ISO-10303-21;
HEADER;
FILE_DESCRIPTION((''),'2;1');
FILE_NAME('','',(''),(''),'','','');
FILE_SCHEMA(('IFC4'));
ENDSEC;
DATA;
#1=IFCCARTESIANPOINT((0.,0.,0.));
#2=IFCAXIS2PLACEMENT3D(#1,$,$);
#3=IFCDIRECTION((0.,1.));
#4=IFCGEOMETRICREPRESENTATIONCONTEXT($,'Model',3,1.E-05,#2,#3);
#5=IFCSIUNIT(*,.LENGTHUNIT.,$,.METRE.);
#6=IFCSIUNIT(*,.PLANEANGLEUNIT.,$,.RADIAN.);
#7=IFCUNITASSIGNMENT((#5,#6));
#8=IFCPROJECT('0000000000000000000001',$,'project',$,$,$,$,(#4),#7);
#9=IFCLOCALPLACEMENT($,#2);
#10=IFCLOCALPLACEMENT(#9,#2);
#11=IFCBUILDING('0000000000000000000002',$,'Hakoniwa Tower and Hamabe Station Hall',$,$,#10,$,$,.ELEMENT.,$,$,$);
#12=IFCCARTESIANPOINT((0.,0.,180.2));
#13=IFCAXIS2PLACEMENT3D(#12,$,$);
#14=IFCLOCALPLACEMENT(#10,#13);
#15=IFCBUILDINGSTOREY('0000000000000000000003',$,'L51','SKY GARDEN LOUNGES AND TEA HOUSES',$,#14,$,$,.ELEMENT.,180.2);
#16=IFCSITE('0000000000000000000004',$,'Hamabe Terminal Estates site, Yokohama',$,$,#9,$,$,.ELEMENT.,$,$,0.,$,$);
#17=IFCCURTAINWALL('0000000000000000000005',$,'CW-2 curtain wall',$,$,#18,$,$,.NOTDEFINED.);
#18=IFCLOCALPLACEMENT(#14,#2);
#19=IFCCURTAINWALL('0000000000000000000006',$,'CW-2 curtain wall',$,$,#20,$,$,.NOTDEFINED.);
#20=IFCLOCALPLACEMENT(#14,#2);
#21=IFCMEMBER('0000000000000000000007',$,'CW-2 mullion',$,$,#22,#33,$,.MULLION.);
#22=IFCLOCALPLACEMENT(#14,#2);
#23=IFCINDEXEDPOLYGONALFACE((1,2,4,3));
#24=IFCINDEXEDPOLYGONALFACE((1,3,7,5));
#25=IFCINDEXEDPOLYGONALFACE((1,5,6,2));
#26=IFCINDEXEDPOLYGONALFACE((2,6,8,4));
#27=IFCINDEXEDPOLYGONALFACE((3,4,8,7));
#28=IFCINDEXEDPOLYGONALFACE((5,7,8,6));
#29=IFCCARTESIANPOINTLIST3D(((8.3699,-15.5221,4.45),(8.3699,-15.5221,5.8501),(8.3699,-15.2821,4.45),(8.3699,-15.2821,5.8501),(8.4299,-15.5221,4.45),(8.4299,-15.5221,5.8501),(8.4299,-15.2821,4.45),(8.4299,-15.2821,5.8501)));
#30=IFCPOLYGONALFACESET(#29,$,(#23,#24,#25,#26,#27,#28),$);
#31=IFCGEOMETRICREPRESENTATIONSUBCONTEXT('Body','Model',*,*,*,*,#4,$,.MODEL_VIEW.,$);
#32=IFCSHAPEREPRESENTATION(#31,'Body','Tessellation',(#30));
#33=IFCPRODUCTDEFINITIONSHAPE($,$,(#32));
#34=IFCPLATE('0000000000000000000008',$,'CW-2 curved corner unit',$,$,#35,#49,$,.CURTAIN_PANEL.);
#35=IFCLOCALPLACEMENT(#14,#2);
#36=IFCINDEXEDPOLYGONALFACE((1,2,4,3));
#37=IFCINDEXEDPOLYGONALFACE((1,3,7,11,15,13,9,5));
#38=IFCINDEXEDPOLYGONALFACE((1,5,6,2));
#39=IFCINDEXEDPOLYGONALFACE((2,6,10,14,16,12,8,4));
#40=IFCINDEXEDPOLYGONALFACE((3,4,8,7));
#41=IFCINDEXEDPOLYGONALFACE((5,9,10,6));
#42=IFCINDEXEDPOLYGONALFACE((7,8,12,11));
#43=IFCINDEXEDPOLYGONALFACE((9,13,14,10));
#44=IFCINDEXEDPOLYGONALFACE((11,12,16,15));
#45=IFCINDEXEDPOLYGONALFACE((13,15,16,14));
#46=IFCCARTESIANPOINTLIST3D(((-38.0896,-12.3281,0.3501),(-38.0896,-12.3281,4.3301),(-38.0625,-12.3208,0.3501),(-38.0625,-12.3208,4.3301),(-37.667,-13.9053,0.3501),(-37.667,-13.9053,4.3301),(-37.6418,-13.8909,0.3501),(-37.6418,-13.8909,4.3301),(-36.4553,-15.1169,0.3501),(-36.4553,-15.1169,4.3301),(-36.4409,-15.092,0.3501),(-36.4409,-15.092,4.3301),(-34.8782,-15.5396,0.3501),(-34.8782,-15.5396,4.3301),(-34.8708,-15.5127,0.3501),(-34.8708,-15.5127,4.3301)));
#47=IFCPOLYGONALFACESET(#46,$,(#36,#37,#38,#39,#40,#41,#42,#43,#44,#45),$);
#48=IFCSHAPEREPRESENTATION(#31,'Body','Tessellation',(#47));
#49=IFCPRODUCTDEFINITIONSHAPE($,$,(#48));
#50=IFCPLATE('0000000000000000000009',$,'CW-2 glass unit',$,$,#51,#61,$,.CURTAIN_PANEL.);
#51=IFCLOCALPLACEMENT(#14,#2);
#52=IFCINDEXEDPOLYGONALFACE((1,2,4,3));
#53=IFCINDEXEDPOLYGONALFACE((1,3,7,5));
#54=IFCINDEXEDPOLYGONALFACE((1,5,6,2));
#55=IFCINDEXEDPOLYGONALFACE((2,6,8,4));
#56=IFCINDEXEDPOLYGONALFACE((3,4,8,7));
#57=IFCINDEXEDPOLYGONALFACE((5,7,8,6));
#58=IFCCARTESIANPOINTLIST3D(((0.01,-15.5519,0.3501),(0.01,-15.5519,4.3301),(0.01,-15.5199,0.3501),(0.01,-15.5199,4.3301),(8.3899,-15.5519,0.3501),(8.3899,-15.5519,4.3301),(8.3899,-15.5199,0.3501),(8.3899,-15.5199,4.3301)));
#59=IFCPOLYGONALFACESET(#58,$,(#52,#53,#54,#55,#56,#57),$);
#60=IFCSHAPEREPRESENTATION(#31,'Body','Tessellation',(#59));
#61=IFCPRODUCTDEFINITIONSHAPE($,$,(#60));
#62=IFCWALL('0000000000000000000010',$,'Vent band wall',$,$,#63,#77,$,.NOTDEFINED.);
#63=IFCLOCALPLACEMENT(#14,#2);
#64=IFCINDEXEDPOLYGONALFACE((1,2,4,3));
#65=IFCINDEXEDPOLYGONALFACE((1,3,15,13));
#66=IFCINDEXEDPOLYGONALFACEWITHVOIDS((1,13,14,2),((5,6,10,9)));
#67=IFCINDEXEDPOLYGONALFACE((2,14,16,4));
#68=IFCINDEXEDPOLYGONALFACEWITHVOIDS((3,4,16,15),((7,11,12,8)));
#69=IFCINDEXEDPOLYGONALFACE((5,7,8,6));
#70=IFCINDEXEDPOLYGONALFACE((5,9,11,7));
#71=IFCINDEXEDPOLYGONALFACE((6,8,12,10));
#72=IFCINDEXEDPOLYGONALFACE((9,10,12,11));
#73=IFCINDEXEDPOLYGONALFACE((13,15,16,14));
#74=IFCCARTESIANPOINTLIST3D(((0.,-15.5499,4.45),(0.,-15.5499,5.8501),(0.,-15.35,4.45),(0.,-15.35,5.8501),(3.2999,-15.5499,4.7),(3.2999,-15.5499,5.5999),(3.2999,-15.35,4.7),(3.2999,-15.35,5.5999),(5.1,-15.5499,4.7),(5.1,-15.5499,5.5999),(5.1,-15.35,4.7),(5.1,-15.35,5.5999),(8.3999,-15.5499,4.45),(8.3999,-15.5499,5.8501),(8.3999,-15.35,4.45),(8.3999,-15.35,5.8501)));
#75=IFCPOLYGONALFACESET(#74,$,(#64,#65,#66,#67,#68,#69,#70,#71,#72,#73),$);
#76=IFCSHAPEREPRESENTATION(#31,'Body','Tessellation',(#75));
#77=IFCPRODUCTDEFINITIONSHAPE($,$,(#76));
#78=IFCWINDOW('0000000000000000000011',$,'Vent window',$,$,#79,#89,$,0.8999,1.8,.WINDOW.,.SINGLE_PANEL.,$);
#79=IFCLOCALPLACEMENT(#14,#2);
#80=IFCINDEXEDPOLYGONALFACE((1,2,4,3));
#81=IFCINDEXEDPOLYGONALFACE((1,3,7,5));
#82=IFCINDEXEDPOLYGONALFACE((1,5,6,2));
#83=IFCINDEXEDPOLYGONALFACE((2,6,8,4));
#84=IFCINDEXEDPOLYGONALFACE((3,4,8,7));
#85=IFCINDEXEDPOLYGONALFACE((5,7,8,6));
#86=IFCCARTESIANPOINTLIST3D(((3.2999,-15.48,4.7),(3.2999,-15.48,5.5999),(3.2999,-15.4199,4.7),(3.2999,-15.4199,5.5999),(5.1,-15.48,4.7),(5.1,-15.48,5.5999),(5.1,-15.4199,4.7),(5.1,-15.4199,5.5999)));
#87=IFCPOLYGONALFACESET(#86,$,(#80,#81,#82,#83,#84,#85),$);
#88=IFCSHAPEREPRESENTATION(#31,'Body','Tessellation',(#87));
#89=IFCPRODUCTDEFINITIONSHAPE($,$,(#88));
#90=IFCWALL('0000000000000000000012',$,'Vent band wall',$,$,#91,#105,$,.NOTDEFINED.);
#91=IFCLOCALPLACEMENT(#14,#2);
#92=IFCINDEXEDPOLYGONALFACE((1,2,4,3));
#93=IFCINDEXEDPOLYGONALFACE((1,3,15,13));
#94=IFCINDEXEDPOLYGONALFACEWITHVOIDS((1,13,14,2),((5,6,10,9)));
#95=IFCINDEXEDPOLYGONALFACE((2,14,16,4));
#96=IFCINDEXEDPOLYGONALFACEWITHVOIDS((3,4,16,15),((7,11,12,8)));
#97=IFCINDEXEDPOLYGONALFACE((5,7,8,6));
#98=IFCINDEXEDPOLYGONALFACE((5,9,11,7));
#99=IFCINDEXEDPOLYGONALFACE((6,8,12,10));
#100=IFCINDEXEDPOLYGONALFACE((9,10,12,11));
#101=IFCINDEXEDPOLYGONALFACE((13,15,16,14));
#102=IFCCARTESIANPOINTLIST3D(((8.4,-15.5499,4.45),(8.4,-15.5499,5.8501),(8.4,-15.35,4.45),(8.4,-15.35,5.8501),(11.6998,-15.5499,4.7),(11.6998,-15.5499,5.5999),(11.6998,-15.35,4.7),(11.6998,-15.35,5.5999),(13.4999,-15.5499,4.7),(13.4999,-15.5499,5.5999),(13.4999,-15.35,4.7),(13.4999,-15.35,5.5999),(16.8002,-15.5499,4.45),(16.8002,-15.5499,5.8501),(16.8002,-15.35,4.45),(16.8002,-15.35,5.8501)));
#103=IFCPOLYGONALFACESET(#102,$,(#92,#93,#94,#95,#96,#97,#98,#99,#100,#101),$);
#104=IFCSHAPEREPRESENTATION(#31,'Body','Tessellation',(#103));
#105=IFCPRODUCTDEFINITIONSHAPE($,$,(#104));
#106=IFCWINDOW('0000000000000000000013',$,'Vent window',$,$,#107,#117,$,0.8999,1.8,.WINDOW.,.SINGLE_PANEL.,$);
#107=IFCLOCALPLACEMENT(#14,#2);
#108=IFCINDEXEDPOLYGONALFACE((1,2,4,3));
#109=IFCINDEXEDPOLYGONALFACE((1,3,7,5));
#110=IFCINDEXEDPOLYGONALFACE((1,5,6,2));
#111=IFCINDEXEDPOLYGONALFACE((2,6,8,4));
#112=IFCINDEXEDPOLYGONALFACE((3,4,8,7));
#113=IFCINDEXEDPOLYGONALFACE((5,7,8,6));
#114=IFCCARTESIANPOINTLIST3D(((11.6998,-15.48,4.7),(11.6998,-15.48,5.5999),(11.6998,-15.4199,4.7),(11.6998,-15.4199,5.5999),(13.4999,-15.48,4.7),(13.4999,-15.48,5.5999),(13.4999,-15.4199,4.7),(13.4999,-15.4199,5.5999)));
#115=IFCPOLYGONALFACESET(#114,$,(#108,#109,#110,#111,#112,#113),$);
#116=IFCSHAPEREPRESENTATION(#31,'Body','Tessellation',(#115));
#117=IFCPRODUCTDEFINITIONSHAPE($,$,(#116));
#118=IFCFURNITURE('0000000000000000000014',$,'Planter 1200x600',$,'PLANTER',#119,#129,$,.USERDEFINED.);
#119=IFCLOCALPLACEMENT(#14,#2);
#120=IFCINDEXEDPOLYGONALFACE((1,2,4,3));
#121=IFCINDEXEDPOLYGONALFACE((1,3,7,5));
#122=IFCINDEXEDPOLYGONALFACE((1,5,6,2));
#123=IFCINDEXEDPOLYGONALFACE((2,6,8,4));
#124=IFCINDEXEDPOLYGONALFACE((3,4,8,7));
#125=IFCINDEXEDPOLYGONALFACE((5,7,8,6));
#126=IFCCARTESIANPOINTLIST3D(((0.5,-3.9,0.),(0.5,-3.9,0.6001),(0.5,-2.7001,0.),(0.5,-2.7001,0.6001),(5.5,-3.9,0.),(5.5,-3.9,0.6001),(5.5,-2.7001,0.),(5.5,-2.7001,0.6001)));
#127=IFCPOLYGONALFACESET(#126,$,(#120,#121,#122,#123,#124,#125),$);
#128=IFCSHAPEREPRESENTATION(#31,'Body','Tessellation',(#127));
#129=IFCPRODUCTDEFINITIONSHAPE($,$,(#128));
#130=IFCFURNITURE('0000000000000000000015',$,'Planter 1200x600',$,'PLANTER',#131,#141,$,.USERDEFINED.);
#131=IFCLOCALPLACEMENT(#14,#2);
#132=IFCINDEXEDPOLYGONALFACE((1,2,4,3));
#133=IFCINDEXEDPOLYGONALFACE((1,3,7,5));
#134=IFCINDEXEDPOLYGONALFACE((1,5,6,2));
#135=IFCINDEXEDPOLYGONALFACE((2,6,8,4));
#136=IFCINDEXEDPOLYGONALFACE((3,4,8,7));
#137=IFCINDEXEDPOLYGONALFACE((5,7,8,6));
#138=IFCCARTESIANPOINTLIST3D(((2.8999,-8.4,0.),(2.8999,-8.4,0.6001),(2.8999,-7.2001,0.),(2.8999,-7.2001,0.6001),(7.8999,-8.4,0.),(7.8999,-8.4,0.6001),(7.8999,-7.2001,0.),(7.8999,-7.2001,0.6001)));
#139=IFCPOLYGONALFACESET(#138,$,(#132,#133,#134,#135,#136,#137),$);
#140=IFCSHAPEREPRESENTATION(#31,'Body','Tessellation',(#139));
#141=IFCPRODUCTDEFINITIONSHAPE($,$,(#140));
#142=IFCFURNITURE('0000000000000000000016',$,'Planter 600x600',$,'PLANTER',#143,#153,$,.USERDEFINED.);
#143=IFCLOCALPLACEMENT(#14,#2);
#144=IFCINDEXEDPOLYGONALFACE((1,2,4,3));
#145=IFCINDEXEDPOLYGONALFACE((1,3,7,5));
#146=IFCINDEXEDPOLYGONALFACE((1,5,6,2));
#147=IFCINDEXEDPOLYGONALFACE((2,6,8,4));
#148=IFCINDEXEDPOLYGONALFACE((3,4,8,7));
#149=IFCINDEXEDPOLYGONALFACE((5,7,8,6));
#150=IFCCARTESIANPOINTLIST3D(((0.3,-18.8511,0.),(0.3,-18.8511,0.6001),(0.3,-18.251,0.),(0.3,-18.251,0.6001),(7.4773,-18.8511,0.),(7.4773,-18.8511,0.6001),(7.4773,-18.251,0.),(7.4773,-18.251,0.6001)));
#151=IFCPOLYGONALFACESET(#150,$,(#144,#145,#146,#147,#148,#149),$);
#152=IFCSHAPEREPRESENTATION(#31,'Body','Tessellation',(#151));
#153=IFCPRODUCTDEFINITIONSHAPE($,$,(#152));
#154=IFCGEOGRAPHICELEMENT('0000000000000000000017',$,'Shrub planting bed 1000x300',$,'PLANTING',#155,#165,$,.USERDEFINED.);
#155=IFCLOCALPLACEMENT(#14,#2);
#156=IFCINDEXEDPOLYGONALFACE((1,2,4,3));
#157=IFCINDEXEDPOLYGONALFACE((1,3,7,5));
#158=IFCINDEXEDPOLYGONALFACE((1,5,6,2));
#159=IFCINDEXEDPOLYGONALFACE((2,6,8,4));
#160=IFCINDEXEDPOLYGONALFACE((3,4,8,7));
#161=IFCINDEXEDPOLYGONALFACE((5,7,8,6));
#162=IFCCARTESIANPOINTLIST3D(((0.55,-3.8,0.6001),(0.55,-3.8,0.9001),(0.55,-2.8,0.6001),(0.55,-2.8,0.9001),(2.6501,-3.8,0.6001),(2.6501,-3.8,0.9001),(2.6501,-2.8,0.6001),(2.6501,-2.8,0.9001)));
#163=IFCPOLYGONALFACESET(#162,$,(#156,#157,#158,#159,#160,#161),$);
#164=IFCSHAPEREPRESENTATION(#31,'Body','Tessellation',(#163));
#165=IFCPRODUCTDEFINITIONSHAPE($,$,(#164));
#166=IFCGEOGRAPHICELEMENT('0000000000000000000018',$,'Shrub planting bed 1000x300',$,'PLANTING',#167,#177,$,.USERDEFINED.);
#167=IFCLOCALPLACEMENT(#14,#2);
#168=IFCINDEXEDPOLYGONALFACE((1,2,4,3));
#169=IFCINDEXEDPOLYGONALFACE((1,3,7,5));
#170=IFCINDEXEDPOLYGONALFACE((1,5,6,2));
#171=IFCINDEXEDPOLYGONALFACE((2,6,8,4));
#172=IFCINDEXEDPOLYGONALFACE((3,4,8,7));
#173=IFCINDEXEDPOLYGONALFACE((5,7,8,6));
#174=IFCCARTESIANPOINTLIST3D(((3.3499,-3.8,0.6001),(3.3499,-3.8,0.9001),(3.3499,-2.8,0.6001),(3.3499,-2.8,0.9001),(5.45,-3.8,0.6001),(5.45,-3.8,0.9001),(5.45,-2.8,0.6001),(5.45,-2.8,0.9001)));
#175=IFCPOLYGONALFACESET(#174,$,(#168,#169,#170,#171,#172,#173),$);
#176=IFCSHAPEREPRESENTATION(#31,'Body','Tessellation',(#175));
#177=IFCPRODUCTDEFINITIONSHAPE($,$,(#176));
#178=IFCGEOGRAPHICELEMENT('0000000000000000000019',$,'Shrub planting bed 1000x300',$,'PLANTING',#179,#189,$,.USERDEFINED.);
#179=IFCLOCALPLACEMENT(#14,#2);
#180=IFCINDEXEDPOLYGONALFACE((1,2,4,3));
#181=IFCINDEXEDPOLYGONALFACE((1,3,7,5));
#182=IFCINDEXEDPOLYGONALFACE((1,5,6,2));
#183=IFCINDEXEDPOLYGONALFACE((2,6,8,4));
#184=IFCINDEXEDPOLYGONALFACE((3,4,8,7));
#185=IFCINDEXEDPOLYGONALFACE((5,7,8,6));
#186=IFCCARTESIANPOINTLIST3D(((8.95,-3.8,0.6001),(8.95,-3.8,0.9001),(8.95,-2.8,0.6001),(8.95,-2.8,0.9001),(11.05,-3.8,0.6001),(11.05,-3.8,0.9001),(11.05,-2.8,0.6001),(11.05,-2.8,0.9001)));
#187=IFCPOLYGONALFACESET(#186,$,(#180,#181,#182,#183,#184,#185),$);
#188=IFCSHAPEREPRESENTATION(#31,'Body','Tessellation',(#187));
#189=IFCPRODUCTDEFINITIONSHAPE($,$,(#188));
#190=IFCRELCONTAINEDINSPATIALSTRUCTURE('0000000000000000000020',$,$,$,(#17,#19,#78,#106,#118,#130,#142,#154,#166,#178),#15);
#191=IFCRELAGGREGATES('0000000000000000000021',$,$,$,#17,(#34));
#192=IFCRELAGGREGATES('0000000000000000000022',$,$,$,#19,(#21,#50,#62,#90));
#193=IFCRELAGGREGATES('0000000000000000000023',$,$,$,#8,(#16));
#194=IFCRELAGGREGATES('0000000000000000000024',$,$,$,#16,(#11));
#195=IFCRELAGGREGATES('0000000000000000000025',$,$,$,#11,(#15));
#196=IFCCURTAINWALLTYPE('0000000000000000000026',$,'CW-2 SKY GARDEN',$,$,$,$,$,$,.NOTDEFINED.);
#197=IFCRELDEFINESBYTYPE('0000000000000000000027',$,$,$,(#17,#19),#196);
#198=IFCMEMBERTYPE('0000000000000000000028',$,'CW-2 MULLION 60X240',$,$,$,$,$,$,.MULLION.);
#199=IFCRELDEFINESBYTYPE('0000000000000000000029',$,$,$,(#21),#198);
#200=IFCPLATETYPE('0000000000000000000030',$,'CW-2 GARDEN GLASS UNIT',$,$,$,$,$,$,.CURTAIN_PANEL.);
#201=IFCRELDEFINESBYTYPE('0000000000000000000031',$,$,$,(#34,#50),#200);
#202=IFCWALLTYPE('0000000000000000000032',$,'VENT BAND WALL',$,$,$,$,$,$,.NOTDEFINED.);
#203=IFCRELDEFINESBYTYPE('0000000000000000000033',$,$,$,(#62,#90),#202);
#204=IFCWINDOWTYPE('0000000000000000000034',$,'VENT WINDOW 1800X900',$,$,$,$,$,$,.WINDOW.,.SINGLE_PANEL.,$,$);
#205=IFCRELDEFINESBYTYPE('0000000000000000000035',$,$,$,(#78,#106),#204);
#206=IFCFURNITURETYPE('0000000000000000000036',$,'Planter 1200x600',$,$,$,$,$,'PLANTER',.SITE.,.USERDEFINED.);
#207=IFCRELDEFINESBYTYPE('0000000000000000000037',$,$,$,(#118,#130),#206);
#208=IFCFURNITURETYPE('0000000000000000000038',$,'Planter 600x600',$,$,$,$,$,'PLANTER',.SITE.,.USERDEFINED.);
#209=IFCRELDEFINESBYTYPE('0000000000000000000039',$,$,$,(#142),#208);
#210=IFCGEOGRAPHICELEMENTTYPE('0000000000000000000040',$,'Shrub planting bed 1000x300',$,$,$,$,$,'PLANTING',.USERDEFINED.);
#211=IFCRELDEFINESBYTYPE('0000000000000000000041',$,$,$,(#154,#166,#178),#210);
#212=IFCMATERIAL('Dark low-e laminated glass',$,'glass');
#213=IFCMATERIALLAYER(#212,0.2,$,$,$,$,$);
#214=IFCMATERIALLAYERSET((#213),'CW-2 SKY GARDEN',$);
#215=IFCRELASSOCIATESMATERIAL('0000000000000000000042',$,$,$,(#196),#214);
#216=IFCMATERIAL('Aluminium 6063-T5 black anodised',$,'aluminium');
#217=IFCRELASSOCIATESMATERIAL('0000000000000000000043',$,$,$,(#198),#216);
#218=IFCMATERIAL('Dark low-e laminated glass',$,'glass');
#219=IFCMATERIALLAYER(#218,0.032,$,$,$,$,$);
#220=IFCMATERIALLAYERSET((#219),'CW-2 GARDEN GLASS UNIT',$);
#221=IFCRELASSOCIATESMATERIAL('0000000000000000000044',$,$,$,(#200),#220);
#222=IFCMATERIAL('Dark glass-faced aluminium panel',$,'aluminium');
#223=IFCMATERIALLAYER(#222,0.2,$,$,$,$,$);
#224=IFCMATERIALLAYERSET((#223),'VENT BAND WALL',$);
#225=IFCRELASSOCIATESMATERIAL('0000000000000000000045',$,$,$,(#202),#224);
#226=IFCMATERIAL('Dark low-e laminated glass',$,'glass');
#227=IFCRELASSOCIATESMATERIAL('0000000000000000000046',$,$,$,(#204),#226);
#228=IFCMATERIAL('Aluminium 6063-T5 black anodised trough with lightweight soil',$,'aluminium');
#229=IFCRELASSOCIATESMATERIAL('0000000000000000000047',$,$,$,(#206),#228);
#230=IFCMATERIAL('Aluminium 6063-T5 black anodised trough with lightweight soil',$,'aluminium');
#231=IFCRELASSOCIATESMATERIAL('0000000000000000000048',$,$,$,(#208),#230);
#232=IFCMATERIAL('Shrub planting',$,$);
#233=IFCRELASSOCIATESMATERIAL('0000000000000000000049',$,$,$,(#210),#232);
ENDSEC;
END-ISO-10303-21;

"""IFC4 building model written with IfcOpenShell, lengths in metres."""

from ifc_helpers import new_model, si_unit, direction, frame, frame_2d, origin, origin_2d, place, context, subcontext, project, spatial, polyline, rectangle, outline, extrude, material, layer, layer_set, material_profile, profile_set, type_object, element, fill, aggregate, save


model = new_model("IFC4")

# Units and contexts
model_context = context("Model", 3, precision=1e-05, world=origin(), true_north=direction((0.0, 1.0)))
body_context = subcontext(model_context, "Body", "Model", "MODEL_VIEW")
ifc_project = project(units=[si_unit("LENGTHUNIT", "METRE"), si_unit("PLANEANGLEUNIT", "RADIAN")], contexts=[model_context])

# Site, building, storey
site_placement = place(None, origin())
site = spatial("IfcSite", under=ifc_project, at=site_placement, Name="Hamabe Terminal Estates site, Yokohama", CompositionType="ELEMENT", RefElevation=0.0)
building_placement = place(site_placement, origin())
building = spatial("IfcBuilding", under=site, at=building_placement, Name="Hakoniwa Tower and Hamabe Station Hall", CompositionType="ELEMENT")
storey_placement = place(building_placement, frame((0.0, 0.0, 180.2)))
storey = spatial("IfcBuildingStorey", under=building, at=storey_placement, Name="L51", Description="SKY GARDEN LOUNGES AND TEA HOUSES", CompositionType="ELEMENT", Elevation=180.2)

# Curtain wall
ifc_material_1 = material(Name="Dark low-e laminated glass", Category="glass")
ifc_layer_1 = layer(ifc_material_1, 0.2)
ifc_layer_set_1 = layer_set([ifc_layer_1], Name="CW-2 SKY GARDEN")
curtain_wall_type = type_object("IfcCurtainWallType", Name="CW-2 SKY GARDEN", PredefinedType="NOTDEFINED", material=ifc_layer_set_1)
curtain_wall_1_placement = place(storey_placement, origin())
curtain_wall_1 = element("IfcCurtainWall", 1, at=curtain_wall_1_placement, inside=storey, type_object=curtain_wall_type, Name="CW-2 curtain wall", PredefinedType="NOTDEFINED")

# Curtain wall, member
curtain_wall_2_placement = place(storey_placement, origin())
curtain_wall_2 = element("IfcCurtainWall", 2, at=curtain_wall_2_placement, inside=storey, type_object=curtain_wall_type, Name="CW-2 curtain wall", PredefinedType="NOTDEFINED")
ifc_material_2 = material(Name="Aluminium 6063-T5 black anodised", Category="aluminium")
ifc_material_profile_1 = material_profile(ifc_material_2, rectangle(XDim=0.0601, YDim=0.24, at=origin_2d()), Name="CW-2 MULLION 60X240")
ifc_profile_set_1 = profile_set([ifc_material_profile_1], Name="Aluminium 6063-T5 black anodised")
member_type_1 = type_object("IfcMemberType", Name="CW-2 MULLION 60X240", PredefinedType="MULLION", material=ifc_profile_set_1)
member_1_placement = place(storey_placement, frame((8.3999, -15.4021, 4.45), z_axis=(0.0, 0.0, 1.0), x_axis=(1.0, 0.0, 0.0)))
member_1 = element("IfcMember", 3, at=member_1_placement, type_object=member_type_1, Name="CW-2 mullion", PredefinedType="MULLION", context=body_context, shape_type="SweptSolid", body=[
    extrude(rectangle(XDim=0.0601, YDim=0.24, at=origin_2d()), origin(), (0.0, 0.0, 1.0), 1.4001),
])

# Plates
ifc_material_3 = material(Name="Dark low-e laminated glass", Category="glass")
ifc_layer_2 = layer(ifc_material_3, 0.032)
ifc_layer_set_2 = layer_set([ifc_layer_2], Name="CW-2 GARDEN GLASS UNIT")
plate_type = type_object("IfcPlateType", Name="CW-2 GARDEN GLASS UNIT", PredefinedType="CURTAIN_PANEL", material=ifc_layer_set_2)
plate_1_placement = place(storey_placement, frame((0.0, 0.0, 0.3501)))
plate_1 = element("IfcPlate", 4, at=plate_1_placement, type_object=plate_type, Name="CW-2 curved corner unit", PredefinedType="CURTAIN_PANEL", context=body_context, shape_type="SweptSolid", body=[
    extrude(outline(polyline([(-38.0896, -12.3281), (-37.667, -13.9053), (-36.4553, -15.1169), (-34.8782, -15.5396), (-34.8708, -15.5127), (-36.4409, -15.092), (-37.6418, -13.8909), (-38.0625, -12.3208), (-38.0896, -12.3281)])), origin(), (0.0, 0.0, 1.0), 3.98),
])
aggregate(curtain_wall_1, [plate_1])
plate_2_placement = place(storey_placement, frame((4.2, -15.5359, 0.3501), z_axis=(0.0, 0.0, 1.0), x_axis=(1.0, 0.0, 0.0)))
plate_2 = element("IfcPlate", 5, at=plate_2_placement, type_object=plate_type, Name="CW-2 glass unit", PredefinedType="CURTAIN_PANEL", context=body_context, shape_type="SweptSolid", body=[
    extrude(rectangle(XDim=8.3799, YDim=0.032, at=origin_2d()), origin(), (0.0, 0.0, 1.0), 3.98),
])

# Walls, openings, windows
ifc_material_4 = material(Name="Dark glass-faced aluminium panel", Category="aluminium")
ifc_layer_3 = layer(ifc_material_4, 0.2)
ifc_layer_set_3 = layer_set([ifc_layer_3], Name="VENT BAND WALL")
wall_type = type_object("IfcWallType", Name="VENT BAND WALL", PredefinedType="NOTDEFINED", material=ifc_layer_set_3)
wall_1_placement = place(storey_placement, frame((0.0, -15.45, 4.45), z_axis=(0.0, 0.0, 1.0), x_axis=(1.0, 0.0, 0.0)))
wall_1 = element("IfcWall", 6, at=wall_1_placement, type_object=wall_type, Name="Vent band wall", PredefinedType="NOTDEFINED", context=body_context, shape_type="SweptSolid", body=[
    extrude(rectangle(XDim=8.3999, YDim=0.2, at=frame_2d((4.2, 0.0))), origin(), (0.0, 0.0, 1.0), 1.4001),
])
opening_1_placement = place(wall_1_placement, frame((3.3, 0.0, 0.25)))
opening_1 = element("IfcOpeningElement", 7, at=opening_1_placement, cuts=wall_1, PredefinedType="OPENING", context=body_context, shape_type="SweptSolid", body=[
    extrude(rectangle(XDim=1.8, YDim=0.8999, at=frame_2d((0.8999, 0.45))), frame((0.0, 0.1099, 0.0), z_axis=(0.0, -1.0, 0.0), x_axis=(1.0, 0.0, 0.0)), (0.0, 0.0, 1.0), 0.22),
])
ifc_material_5 = material(Name="Dark low-e laminated glass", Category="glass")
window_type = type_object("IfcWindowType", Name="VENT WINDOW 1800X900", PartitioningType="SINGLE_PANEL", PredefinedType="WINDOW", material=ifc_material_5)
window_1_placement = place(opening_1_placement, origin())
window_1 = element("IfcWindow", 8, at=window_1_placement, inside=storey, type_object=window_type, Name="Vent window", OverallHeight=0.8999, OverallWidth=1.8, PartitioningType="SINGLE_PANEL", PredefinedType="WINDOW", context=body_context, shape_type="SweptSolid", body=[
    extrude(rectangle(XDim=1.8, YDim=0.8999, at=frame_2d((0.8999, 0.45))), frame((0.0, 0.03, 0.0), z_axis=(0.0, -1.0, 0.0), x_axis=(1.0, 0.0, 0.0)), (0.0, 0.0, 1.0), 0.0601),
])
fill(opening_1, window_1)
wall_2_placement = place(storey_placement, frame((8.3999, -15.45, 4.45), z_axis=(0.0, 0.0, 1.0), x_axis=(1.0, 0.0, 0.0)))
wall_2 = element("IfcWall", 9, at=wall_2_placement, type_object=wall_type, Name="Vent band wall", PredefinedType="NOTDEFINED", context=body_context, shape_type="SweptSolid", body=[
    extrude(rectangle(XDim=8.4001, YDim=0.2, at=frame_2d((4.2002, 0.0))), origin(), (0.0, 0.0, 1.0), 1.4001),
])
opening_2_placement = place(wall_2_placement, frame((3.3, 0.0, 0.25)))
opening_2 = element("IfcOpeningElement", 10, at=opening_2_placement, cuts=wall_2, PredefinedType="OPENING", context=body_context, shape_type="SweptSolid", body=[
    extrude(rectangle(XDim=1.8, YDim=0.8999, at=frame_2d((0.8999, 0.45))), frame((0.0, 0.1099, 0.0), z_axis=(0.0, -1.0, 0.0), x_axis=(1.0, 0.0, 0.0)), (0.0, 0.0, 1.0), 0.22),
])
window_2_placement = place(opening_2_placement, origin())
window_2 = element("IfcWindow", 11, at=window_2_placement, inside=storey, type_object=window_type, Name="Vent window", OverallHeight=0.8999, OverallWidth=1.8, PartitioningType="SINGLE_PANEL", PredefinedType="WINDOW", context=body_context, shape_type="SweptSolid", body=[
    extrude(rectangle(XDim=1.8, YDim=0.8999, at=frame_2d((0.8999, 0.45))), frame((0.0, 0.03, 0.0), z_axis=(0.0, -1.0, 0.0), x_axis=(1.0, 0.0, 0.0)), (0.0, 0.0, 1.0), 0.0601),
])
fill(opening_2, window_2)
aggregate(curtain_wall_2, [member_1, plate_2, wall_1, wall_2])

# Furniture
ifc_material_6 = material(Name="Aluminium 6063-T5 black anodised trough with lightweight soil", Category="aluminium")
furniture_type_1 = type_object("IfcFurnitureType", Name="Planter 1200x600", ElementType="PLANTER", AssemblyPlace="SITE", PredefinedType="USERDEFINED", material=ifc_material_6)
for number, where, z_axis, x_axis, name in (
    (12, (3.0, -3.3, 0.0), (0.0, 0.0, 1.0), (1.0, 0.0, 0.0), "Planter 1200x600"),
    (13, (5.3999, -7.8, 0.0), (0.0, 0.0, 1.0), (1.0, 0.0, 0.0), "Planter 1200x600"),
):
    element("IfcFurniture", number, at=place(storey_placement, frame(where, z_axis=z_axis, x_axis=x_axis)), inside=storey, type_object=furniture_type_1, Name=name, ObjectType="PLANTER", PredefinedType="USERDEFINED", context=body_context, shape_type="SweptSolid", body=[
        extrude(rectangle(XDim=5.0, YDim=1.2, at=origin_2d()), origin(), (0.0, 0.0, 1.0), 0.6001),
    ])
ifc_material_7 = material(Name="Aluminium 6063-T5 black anodised trough with lightweight soil", Category="aluminium")
furniture_type_2 = type_object("IfcFurnitureType", Name="Planter 600x600", ElementType="PLANTER", AssemblyPlace="SITE", PredefinedType="USERDEFINED", material=ifc_material_7)
furniture_placement = place(storey_placement, frame((3.8887, -18.551, 0.0), z_axis=(0.0, 0.0, 1.0), x_axis=(1.0, 0.0, 0.0)))
element("IfcFurniture", 14, at=furniture_placement, inside=storey, type_object=furniture_type_2, Name="Planter 600x600", ObjectType="PLANTER", PredefinedType="USERDEFINED", context=body_context, shape_type="SweptSolid", body=[
    extrude(rectangle(XDim=7.1772, YDim=0.6001, at=origin_2d()), origin(), (0.0, 0.0, 1.0), 0.6001),
])

# Geographic elements
ifc_material_8 = material(Name="Shrub planting")
geographic_element_type_1 = type_object("IfcGeographicElementType", Name="Shrub planting bed 1000x300", ElementType="PLANTING", PredefinedType="USERDEFINED", material=ifc_material_8)
for number, where, z_axis, x_axis, name in (
    (15, (1.6001, -3.3, 0.6001), (0.0, 0.0, 1.0), (1.0, 0.0, 0.0), "Shrub planting bed 1000x300"),
    (16, (4.3999, -3.3, 0.6001), (0.0, 0.0, 1.0), (1.0, 0.0, 0.0), "Shrub planting bed 1000x300"),
    (17, (10.0, -3.3, 0.6001), (0.0, 0.0, 1.0), (1.0, 0.0, 0.0), "Shrub planting bed 1000x300"),
):
    element("IfcGeographicElement", number, at=place(storey_placement, frame(where, z_axis=z_axis, x_axis=x_axis)), inside=storey, type_object=geographic_element_type_1, Name=name, ObjectType="PLANTING", PredefinedType="USERDEFINED", context=body_context, shape_type="SweptSolid", body=[
        extrude(rectangle(XDim=2.1001, YDim=1.0, at=origin_2d()), origin(), (0.0, 0.0, 1.0), 0.3),
    ])

save(model, "model.ifc")
